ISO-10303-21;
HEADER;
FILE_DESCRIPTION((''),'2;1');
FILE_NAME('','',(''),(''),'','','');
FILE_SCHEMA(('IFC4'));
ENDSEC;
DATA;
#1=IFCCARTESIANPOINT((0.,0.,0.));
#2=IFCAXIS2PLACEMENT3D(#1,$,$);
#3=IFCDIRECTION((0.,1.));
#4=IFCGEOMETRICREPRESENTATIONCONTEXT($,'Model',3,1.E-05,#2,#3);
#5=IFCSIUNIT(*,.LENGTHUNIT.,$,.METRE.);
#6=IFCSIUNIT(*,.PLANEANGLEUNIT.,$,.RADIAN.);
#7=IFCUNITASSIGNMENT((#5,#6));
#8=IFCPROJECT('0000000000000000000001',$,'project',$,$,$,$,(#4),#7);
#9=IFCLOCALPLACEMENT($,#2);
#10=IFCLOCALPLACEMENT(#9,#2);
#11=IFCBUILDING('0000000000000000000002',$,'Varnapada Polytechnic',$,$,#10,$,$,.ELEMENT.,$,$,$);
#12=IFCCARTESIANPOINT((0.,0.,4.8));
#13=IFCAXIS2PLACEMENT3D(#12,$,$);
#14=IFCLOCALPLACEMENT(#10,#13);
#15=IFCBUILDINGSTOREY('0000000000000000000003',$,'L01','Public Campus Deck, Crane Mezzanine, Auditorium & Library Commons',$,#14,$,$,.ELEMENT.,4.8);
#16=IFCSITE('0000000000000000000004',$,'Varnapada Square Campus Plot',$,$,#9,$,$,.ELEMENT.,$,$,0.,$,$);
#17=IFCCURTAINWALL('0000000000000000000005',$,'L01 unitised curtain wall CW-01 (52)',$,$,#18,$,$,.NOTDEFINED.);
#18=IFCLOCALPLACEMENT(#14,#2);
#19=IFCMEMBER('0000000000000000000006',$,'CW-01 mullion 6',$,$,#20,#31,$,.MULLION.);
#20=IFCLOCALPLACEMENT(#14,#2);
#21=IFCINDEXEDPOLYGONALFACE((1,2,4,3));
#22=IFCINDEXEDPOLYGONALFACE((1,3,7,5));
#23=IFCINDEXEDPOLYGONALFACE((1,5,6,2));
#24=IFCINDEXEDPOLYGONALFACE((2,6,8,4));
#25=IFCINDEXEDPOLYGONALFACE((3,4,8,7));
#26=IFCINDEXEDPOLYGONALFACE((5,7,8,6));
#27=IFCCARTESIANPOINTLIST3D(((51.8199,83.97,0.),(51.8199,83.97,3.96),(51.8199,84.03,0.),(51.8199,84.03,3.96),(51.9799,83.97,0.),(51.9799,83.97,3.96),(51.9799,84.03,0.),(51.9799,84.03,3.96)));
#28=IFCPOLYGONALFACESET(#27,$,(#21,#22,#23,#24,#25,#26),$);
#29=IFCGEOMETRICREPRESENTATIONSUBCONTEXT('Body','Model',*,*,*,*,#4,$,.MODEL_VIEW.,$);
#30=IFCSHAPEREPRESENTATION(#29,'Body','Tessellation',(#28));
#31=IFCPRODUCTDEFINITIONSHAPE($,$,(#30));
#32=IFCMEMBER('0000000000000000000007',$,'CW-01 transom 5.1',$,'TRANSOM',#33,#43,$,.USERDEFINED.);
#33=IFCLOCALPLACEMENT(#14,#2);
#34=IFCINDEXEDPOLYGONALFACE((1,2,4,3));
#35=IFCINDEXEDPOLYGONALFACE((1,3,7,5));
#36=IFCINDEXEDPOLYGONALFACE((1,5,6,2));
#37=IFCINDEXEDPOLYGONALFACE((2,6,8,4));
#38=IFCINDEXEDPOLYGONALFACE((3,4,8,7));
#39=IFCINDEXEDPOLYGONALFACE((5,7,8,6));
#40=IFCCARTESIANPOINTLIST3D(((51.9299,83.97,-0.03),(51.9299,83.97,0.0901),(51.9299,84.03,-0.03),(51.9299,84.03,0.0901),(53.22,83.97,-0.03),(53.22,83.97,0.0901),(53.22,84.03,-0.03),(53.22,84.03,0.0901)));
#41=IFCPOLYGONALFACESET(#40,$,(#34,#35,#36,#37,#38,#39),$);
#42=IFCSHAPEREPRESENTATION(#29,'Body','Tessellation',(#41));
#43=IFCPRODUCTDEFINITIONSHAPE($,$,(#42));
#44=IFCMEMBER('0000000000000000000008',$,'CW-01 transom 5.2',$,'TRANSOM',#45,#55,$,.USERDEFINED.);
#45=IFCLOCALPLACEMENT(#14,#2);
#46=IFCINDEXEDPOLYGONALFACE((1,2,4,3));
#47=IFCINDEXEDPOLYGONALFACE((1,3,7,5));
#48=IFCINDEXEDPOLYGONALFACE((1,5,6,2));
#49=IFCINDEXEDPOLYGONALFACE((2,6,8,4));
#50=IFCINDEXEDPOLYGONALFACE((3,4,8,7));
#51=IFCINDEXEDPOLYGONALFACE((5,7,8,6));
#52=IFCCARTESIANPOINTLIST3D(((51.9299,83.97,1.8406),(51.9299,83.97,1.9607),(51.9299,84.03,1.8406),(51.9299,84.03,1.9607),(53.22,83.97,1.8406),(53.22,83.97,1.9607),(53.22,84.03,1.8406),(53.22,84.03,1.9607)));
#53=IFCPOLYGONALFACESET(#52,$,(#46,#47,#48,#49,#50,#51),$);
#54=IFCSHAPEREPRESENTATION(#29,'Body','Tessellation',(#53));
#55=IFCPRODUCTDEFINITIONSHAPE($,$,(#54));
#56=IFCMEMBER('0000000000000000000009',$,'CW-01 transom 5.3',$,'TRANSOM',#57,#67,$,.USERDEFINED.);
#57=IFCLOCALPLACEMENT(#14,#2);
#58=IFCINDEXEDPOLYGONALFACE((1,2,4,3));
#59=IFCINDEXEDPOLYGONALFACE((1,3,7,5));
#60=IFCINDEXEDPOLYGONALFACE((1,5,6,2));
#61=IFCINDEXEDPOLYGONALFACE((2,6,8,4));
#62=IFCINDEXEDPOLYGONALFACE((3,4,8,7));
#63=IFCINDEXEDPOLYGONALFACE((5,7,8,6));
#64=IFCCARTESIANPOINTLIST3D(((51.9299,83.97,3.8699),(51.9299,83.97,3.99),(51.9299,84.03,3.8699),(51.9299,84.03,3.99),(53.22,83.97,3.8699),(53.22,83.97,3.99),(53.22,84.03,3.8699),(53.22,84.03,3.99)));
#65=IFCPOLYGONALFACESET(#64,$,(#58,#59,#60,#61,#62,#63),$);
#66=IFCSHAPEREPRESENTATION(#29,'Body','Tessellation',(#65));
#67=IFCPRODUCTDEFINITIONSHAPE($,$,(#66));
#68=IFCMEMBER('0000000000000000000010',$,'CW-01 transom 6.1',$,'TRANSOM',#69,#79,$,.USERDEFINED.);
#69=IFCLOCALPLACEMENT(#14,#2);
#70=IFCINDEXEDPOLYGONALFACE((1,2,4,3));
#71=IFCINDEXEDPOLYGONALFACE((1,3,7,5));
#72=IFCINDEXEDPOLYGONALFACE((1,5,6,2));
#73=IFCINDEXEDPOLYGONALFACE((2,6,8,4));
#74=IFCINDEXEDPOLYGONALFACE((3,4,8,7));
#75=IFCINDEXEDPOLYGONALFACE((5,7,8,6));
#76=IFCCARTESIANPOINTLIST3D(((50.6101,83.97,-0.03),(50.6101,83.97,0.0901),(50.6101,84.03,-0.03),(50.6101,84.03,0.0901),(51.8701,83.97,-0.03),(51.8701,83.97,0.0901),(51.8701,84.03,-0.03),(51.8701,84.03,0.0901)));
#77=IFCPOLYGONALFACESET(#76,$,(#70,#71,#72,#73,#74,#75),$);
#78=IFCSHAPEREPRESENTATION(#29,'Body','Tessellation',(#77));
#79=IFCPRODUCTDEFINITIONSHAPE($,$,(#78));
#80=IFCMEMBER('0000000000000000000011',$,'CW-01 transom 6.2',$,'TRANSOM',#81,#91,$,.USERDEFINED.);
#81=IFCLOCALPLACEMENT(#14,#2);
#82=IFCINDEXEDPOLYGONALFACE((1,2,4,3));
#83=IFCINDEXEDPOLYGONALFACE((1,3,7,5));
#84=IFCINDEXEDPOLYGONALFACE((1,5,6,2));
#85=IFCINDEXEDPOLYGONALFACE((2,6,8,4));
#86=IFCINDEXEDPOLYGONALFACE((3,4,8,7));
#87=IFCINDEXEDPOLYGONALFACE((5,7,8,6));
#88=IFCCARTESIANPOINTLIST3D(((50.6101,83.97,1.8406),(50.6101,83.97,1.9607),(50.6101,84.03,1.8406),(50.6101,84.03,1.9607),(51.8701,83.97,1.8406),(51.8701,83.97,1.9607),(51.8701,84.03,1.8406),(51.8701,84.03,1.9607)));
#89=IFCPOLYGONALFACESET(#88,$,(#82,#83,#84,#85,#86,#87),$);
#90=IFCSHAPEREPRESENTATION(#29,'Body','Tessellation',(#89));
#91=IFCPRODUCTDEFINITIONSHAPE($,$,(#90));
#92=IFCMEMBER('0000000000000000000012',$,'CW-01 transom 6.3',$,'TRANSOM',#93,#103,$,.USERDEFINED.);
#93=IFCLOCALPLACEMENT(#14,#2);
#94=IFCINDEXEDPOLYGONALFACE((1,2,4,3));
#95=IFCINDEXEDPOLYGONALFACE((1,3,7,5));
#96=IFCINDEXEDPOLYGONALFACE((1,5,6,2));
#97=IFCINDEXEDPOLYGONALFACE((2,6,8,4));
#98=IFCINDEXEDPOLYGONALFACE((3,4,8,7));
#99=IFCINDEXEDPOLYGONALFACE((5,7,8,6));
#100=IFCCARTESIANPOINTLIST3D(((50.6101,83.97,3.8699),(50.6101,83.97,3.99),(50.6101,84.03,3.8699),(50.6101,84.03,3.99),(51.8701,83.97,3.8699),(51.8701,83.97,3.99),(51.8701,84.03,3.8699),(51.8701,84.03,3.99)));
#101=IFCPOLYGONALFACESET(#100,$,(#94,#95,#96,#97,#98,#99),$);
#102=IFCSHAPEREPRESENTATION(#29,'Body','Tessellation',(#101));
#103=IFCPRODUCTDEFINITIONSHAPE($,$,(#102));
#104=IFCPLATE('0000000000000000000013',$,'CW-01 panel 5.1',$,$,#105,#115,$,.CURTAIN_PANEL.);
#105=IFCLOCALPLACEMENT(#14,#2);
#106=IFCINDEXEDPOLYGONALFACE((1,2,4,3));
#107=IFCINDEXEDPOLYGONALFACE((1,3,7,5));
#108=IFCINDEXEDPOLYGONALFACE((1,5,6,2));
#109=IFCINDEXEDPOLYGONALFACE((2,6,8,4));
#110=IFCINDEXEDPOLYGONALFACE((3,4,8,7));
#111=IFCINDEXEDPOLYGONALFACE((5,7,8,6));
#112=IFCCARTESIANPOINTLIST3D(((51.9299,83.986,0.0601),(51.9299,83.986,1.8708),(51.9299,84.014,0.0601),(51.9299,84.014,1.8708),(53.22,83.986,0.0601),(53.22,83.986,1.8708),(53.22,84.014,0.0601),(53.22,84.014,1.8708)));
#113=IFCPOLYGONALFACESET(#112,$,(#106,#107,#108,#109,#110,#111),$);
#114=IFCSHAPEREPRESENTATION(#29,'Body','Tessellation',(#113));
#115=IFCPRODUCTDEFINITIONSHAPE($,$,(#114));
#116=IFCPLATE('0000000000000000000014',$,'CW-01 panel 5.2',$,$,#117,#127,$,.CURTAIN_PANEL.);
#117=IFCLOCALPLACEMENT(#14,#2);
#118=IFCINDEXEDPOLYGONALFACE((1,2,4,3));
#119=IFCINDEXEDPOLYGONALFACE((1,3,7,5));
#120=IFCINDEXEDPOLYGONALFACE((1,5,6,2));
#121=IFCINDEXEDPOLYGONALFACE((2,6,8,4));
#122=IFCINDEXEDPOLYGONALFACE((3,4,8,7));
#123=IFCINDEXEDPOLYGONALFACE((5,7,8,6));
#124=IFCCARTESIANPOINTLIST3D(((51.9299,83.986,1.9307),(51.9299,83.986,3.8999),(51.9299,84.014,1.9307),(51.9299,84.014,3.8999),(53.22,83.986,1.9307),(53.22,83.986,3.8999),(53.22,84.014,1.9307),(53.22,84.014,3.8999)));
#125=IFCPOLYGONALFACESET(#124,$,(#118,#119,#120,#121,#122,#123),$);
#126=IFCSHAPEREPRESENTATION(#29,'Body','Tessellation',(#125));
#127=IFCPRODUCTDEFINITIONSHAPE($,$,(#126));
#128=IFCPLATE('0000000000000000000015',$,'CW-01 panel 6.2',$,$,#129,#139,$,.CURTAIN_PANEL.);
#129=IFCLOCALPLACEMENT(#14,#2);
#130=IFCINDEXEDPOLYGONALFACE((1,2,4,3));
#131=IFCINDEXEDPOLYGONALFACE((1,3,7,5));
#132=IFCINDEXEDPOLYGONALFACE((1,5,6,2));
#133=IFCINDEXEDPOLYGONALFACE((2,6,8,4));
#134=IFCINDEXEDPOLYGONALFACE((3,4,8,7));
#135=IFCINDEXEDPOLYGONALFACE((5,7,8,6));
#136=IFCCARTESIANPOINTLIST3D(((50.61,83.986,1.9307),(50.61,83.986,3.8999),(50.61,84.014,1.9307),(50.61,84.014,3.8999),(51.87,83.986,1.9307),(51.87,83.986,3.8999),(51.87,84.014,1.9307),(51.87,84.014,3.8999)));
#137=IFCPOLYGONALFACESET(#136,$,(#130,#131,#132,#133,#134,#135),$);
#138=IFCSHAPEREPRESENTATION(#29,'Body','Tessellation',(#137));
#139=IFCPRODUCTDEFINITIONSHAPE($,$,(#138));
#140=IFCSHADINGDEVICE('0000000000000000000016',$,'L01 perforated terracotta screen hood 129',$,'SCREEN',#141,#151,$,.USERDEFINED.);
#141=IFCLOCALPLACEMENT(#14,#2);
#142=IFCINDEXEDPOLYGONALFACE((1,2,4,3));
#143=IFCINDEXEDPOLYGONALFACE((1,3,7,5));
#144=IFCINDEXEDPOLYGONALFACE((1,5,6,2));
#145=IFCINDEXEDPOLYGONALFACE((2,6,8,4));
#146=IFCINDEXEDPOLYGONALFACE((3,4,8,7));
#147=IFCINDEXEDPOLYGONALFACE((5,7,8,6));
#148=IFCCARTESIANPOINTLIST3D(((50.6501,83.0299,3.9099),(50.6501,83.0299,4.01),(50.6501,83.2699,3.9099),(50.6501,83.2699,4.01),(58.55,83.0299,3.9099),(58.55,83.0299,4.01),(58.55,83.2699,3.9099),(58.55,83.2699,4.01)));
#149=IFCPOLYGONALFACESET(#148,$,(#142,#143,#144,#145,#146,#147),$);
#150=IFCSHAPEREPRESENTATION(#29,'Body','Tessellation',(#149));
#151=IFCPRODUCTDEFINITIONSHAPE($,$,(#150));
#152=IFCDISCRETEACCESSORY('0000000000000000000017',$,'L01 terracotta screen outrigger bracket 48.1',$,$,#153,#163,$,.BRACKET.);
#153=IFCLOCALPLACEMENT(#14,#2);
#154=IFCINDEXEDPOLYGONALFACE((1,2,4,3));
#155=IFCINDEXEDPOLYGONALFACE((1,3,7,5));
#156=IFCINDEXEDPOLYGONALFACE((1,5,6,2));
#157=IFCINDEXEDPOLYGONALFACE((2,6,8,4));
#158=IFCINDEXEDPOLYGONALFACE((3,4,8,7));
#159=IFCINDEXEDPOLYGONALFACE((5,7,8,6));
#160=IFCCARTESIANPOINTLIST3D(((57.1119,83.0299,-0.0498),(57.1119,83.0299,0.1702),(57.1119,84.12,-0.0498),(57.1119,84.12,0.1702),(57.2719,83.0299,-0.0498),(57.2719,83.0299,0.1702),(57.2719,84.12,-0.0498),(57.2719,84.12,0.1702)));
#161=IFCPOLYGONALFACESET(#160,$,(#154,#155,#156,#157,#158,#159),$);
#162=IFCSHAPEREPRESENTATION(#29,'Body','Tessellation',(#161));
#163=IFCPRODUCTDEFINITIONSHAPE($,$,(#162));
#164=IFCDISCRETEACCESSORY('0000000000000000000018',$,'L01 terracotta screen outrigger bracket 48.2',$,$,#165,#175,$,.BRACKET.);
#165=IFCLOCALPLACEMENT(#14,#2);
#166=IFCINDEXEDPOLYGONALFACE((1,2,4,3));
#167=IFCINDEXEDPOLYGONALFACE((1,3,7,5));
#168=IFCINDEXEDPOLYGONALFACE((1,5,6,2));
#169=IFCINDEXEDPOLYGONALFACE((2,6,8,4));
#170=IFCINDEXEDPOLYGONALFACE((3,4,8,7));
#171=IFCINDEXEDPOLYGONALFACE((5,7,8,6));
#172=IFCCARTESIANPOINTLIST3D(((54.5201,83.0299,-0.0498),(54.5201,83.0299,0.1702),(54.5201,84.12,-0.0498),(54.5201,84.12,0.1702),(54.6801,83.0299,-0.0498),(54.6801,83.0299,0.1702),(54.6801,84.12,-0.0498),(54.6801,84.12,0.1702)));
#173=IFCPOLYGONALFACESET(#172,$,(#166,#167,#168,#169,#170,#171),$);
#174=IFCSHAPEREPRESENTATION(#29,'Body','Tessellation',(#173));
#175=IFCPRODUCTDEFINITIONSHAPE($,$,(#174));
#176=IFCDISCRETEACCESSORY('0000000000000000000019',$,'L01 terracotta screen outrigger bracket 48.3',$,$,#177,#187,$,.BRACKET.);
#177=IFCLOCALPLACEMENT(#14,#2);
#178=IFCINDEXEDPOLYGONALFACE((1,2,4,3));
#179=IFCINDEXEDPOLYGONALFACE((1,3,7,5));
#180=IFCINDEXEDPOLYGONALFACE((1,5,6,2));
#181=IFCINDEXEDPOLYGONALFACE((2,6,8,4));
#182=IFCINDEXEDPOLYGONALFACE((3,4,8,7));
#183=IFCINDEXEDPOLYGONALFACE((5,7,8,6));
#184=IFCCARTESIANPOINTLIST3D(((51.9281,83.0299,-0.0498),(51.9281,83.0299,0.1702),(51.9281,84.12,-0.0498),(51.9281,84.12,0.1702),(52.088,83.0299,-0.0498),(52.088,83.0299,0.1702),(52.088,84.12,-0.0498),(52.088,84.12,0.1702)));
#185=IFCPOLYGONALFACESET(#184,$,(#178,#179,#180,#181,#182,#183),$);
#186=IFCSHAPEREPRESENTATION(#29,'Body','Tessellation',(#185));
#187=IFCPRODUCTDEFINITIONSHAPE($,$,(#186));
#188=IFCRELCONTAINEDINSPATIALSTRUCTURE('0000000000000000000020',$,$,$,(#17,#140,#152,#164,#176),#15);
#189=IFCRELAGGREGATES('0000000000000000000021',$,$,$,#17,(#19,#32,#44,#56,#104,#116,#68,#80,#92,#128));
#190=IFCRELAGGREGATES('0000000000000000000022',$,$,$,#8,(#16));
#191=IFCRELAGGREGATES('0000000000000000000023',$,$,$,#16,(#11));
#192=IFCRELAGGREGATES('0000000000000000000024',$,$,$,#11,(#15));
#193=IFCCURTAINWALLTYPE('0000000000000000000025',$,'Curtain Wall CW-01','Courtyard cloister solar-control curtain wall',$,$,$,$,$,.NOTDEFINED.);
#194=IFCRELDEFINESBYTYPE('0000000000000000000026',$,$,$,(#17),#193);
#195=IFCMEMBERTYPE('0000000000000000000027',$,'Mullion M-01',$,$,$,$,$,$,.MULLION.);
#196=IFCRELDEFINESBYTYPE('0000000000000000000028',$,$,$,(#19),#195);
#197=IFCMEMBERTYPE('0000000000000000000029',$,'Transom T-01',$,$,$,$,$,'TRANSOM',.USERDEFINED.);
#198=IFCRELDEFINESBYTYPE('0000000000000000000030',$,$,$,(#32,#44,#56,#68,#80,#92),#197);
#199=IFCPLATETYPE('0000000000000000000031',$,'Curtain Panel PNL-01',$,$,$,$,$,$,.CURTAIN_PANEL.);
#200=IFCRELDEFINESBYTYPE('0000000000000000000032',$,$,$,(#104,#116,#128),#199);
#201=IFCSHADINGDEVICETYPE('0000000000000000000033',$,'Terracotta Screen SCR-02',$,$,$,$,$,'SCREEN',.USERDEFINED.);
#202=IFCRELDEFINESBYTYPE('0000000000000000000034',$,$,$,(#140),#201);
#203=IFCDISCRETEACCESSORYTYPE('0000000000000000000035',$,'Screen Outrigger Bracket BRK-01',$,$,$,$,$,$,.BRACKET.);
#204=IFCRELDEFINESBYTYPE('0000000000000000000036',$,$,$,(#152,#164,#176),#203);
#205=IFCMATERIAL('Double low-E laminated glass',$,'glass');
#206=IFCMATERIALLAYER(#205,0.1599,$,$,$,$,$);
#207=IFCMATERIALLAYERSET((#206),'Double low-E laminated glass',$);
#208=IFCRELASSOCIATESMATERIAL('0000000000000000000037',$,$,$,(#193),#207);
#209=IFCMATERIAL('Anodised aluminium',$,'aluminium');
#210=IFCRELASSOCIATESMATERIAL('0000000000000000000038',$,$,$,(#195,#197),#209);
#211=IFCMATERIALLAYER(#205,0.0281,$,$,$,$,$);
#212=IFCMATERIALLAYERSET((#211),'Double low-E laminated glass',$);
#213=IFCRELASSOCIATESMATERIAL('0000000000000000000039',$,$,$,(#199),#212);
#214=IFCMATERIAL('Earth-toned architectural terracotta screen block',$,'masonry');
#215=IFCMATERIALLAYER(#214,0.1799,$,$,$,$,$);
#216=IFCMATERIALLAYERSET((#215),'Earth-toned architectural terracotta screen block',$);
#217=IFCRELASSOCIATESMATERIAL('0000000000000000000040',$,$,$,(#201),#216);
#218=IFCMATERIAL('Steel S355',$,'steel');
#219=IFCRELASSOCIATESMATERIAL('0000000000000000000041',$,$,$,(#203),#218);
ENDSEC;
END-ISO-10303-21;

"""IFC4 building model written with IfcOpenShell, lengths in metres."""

from ifc_helpers import new_model, si_unit, direction, frame, origin, origin_2d, place, context, subcontext, project, spatial, rectangle, extrude, material, layer, layer_set, material_profile, profile_set, type_object, element, aggregate, save


model = new_model("IFC4")

# Units and contexts
model_context = context("Model", 3, precision=1e-05, world=origin(), true_north=direction((0.0, 1.0)))
body_context = subcontext(model_context, "Body", "Model", "MODEL_VIEW")
ifc_project = project(units=[si_unit("LENGTHUNIT", "METRE"), si_unit("PLANEANGLEUNIT", "RADIAN")], contexts=[model_context])

# Site, building, storey
site_placement = place(None, origin())
site = spatial("IfcSite", under=ifc_project, at=site_placement, Name="Varnapada Square Campus Plot", CompositionType="ELEMENT", RefElevation=0.0)
building_placement = place(site_placement, origin())
building = spatial("IfcBuilding", under=site, at=building_placement, Name="Varnapada Polytechnic", CompositionType="ELEMENT")
storey_placement = place(building_placement, frame((0.0, 0.0, 4.8)))
storey = spatial("IfcBuildingStorey", under=building, at=storey_placement, Name="L01", Description="Public Campus Deck, Crane Mezzanine, Auditorium & Library Commons", CompositionType="ELEMENT", Elevation=4.8)

# Curtain wall, members, plates
ifc_material_1 = material(Name="Double low-E laminated glass", Category="glass")
ifc_layer_1 = layer(ifc_material_1, 0.1599)
ifc_layer_set_1 = layer_set([ifc_layer_1], Name="Double low-E laminated glass")
curtain_wall_type = type_object("IfcCurtainWallType", Name="Curtain Wall CW-01", Description="Courtyard cloister solar-control curtain wall", PredefinedType="NOTDEFINED", material=ifc_layer_set_1)
curtain_wall_placement = place(storey_placement, origin())
curtain_wall = element("IfcCurtainWall", 1, at=curtain_wall_placement, inside=storey, type_object=curtain_wall_type, Name="L01 unitised curtain wall CW-01 (52)", PredefinedType="NOTDEFINED")
ifc_material_2 = material(Name="Anodised aluminium", Category="aluminium")
ifc_material_profile_1 = material_profile(ifc_material_2, rectangle(XDim=0.0601, YDim=0.1599, at=origin_2d()), Name="ALU M60x160")
ifc_profile_set_1 = profile_set([ifc_material_profile_1], Name="Anodised aluminium")
member_type_1 = type_object("IfcMemberType", Name="Mullion M-01", PredefinedType="MULLION", material=ifc_profile_set_1)
member_1_placement = place(storey_placement, frame((51.8999, 84.0, 0.0), z_axis=(0.0, 0.0, 1.0), x_axis=(0.0, -1.0, 0.0)))
member_1 = element("IfcMember", 2, at=member_1_placement, type_object=member_type_1, Name="CW-01 mullion 6", PredefinedType="MULLION", context=body_context, shape_type="SweptSolid", body=[
    extrude(rectangle(XDim=0.0601, YDim=0.1599, at=origin_2d()), origin(), (0.0, 0.0, 1.0), 3.96),
])
ifc_material_profile_2 = material_profile(ifc_material_2, rectangle(XDim=0.0601, YDim=0.1201, at=origin_2d()), Name="ALU T60x120")
ifc_profile_set_2 = profile_set([ifc_material_profile_2], Name="Anodised aluminium")
member_type_2 = type_object("IfcMemberType", Name="Transom T-01", ElementType="TRANSOM", PredefinedType="USERDEFINED", material=ifc_profile_set_2)
member_2_placement = place(storey_placement, frame((53.22, 84.0, 0.03), z_axis=(-1.0, 0.0, 0.0), x_axis=(0.0, -1.0, 0.0)))
member_2 = element("IfcMember", 3, at=member_2_placement, type_object=member_type_2, Name="CW-01 transom 5.1", ObjectType="TRANSOM", PredefinedType="USERDEFINED", context=body_context, shape_type="SweptSolid", body=[
    extrude(rectangle(XDim=0.0601, YDim=0.1201, at=origin_2d()), origin(), (0.0, 0.0, 1.0), 1.29),
])
member_3_placement = place(storey_placement, frame((53.22, 84.0, 1.9006), z_axis=(-1.0, 0.0, 0.0), x_axis=(0.0, -1.0, 0.0)))
member_3 = element("IfcMember", 4, at=member_3_placement, type_object=member_type_2, Name="CW-01 transom 5.2", ObjectType="TRANSOM", PredefinedType="USERDEFINED", context=body_context, shape_type="SweptSolid", body=[
    extrude(rectangle(XDim=0.0601, YDim=0.1201, at=origin_2d()), origin(), (0.0, 0.0, 1.0), 1.29),
])
member_4_placement = place(storey_placement, frame((53.22, 84.0, 3.9299), z_axis=(-1.0, 0.0, 0.0), x_axis=(0.0, -1.0, 0.0)))
member_4 = element("IfcMember", 5, at=member_4_placement, type_object=member_type_2, Name="CW-01 transom 5.3", ObjectType="TRANSOM", PredefinedType="USERDEFINED", context=body_context, shape_type="SweptSolid", body=[
    extrude(rectangle(XDim=0.0601, YDim=0.1201, at=origin_2d()), origin(), (0.0, 0.0, 1.0), 1.29),
])
member_5_placement = place(storey_placement, frame((51.8701, 84.0, 0.03), z_axis=(-1.0, 0.0, 0.0), x_axis=(0.0, -1.0, 0.0)))
member_5 = element("IfcMember", 6, at=member_5_placement, type_object=member_type_2, Name="CW-01 transom 6.1", ObjectType="TRANSOM", PredefinedType="USERDEFINED", context=body_context, shape_type="SweptSolid", body=[
    extrude(rectangle(XDim=0.0601, YDim=0.1201, at=origin_2d()), origin(), (0.0, 0.0, 1.0), 1.26),
])
member_6_placement = place(storey_placement, frame((51.8701, 84.0, 1.9006), z_axis=(-1.0, 0.0, 0.0), x_axis=(0.0, -1.0, 0.0)))
member_6 = element("IfcMember", 7, at=member_6_placement, type_object=member_type_2, Name="CW-01 transom 6.2", ObjectType="TRANSOM", PredefinedType="USERDEFINED", context=body_context, shape_type="SweptSolid", body=[
    extrude(rectangle(XDim=0.0601, YDim=0.1201, at=origin_2d()), origin(), (0.0, 0.0, 1.0), 1.26),
])
member_7_placement = place(storey_placement, frame((51.8701, 84.0, 3.9299), z_axis=(-1.0, 0.0, 0.0), x_axis=(0.0, -1.0, 0.0)))
member_7 = element("IfcMember", 8, at=member_7_placement, type_object=member_type_2, Name="CW-01 transom 6.3", ObjectType="TRANSOM", PredefinedType="USERDEFINED", context=body_context, shape_type="SweptSolid", body=[
    extrude(rectangle(XDim=0.0601, YDim=0.1201, at=origin_2d()), origin(), (0.0, 0.0, 1.0), 1.26),
])
ifc_layer_2 = layer(ifc_material_1, 0.0281)
ifc_layer_set_2 = layer_set([ifc_layer_2], Name="Double low-E laminated glass")
plate_type = type_object("IfcPlateType", Name="Curtain Panel PNL-01", PredefinedType="CURTAIN_PANEL", material=ifc_layer_set_2)
plate_1_placement = place(storey_placement, frame((52.575, 84.0, 0.0601), z_axis=(0.0, 0.0, 1.0), x_axis=(-1.0, 0.0, 0.0)))
plate_1 = element("IfcPlate", 9, at=plate_1_placement, type_object=plate_type, Name="CW-01 panel 5.1", PredefinedType="CURTAIN_PANEL", context=body_context, shape_type="SweptSolid", body=[
    extrude(rectangle(XDim=1.29, YDim=0.0281, at=origin_2d()), origin(), (0.0, 0.0, 1.0), 1.8108),
])
plate_2_placement = place(storey_placement, frame((52.575, 84.0, 1.9307), z_axis=(0.0, 0.0, 1.0), x_axis=(-1.0, 0.0, 0.0)))
plate_2 = element("IfcPlate", 10, at=plate_2_placement, type_object=plate_type, Name="CW-01 panel 5.2", PredefinedType="CURTAIN_PANEL", context=body_context, shape_type="SweptSolid", body=[
    extrude(rectangle(XDim=1.29, YDim=0.0281, at=origin_2d()), origin(), (0.0, 0.0, 1.0), 1.9692),
])
plate_3_placement = place(storey_placement, frame((51.24, 84.0, 1.9307), z_axis=(0.0, 0.0, 1.0), x_axis=(-1.0, 0.0, 0.0)))
plate_3 = element("IfcPlate", 11, at=plate_3_placement, type_object=plate_type, Name="CW-01 panel 6.2", PredefinedType="CURTAIN_PANEL", context=body_context, shape_type="SweptSolid", body=[
    extrude(rectangle(XDim=1.26, YDim=0.0281, at=origin_2d()), origin(), (0.0, 0.0, 1.0), 1.9692),
])
aggregate(curtain_wall, [member_1, member_2, member_3, member_4, plate_1, plate_2, member_5, member_6, member_7, plate_3])

# Shading device
ifc_material_3 = material(Name="Earth-toned architectural terracotta screen block", Category="masonry")
ifc_layer_3 = layer(ifc_material_3, 0.1799)
ifc_layer_set_3 = layer_set([ifc_layer_3], Name="Earth-toned architectural terracotta screen block")
shading_device_type = type_object("IfcShadingDeviceType", Name="Terracotta Screen SCR-02", ElementType="SCREEN", PredefinedType="USERDEFINED", material=ifc_layer_set_3)
shading_device_placement = place(storey_placement, frame((54.6001, 83.1499, 3.9099), z_axis=(0.0, 0.0, 1.0), x_axis=(-1.0, 0.0, 0.0)))
element("IfcShadingDevice", 12, at=shading_device_placement, inside=storey, type_object=shading_device_type, Name="L01 perforated terracotta screen hood 129", ObjectType="SCREEN", PredefinedType="USERDEFINED", context=body_context, shape_type="SweptSolid", body=[
    extrude(rectangle(XDim=7.8999, YDim=0.24, at=origin_2d()), origin(), (0.0, 0.0, 1.0), 0.1001),
])

# Discrete accessories
ifc_material_4 = material(Name="Steel S355", Category="steel")
discrete_accessory_type = type_object("IfcDiscreteAccessoryType", Name="Screen Outrigger Bracket BRK-01", PredefinedType="BRACKET", material=ifc_material_4)
for number, where, z_axis, x_axis, name in (
    (13, (57.1919, 83.575, -0.0498), (0.0, 0.0, 1.0), (-1.0, 0.0, 0.0), "L01 terracotta screen outrigger bracket 48.1"),
    (14, (54.6001, 83.575, -0.0498), (0.0, 0.0, 1.0), (-1.0, 0.0, 0.0), "L01 terracotta screen outrigger bracket 48.2"),
    (15, (52.0081, 83.575, -0.0498), (0.0, 0.0, 1.0), (-1.0, 0.0, 0.0), "L01 terracotta screen outrigger bracket 48.3"),
):
    element("IfcDiscreteAccessory", number, at=place(storey_placement, frame(where, z_axis=z_axis, x_axis=x_axis)), inside=storey, type_object=discrete_accessory_type, Name=name, PredefinedType="BRACKET", context=body_context, shape_type="SweptSolid", body=[
        extrude(rectangle(XDim=0.1599, YDim=1.0901, at=origin_2d()), origin(), (0.0, 0.0, 1.0), 0.22),
    ])

save(model, "model.ifc")
